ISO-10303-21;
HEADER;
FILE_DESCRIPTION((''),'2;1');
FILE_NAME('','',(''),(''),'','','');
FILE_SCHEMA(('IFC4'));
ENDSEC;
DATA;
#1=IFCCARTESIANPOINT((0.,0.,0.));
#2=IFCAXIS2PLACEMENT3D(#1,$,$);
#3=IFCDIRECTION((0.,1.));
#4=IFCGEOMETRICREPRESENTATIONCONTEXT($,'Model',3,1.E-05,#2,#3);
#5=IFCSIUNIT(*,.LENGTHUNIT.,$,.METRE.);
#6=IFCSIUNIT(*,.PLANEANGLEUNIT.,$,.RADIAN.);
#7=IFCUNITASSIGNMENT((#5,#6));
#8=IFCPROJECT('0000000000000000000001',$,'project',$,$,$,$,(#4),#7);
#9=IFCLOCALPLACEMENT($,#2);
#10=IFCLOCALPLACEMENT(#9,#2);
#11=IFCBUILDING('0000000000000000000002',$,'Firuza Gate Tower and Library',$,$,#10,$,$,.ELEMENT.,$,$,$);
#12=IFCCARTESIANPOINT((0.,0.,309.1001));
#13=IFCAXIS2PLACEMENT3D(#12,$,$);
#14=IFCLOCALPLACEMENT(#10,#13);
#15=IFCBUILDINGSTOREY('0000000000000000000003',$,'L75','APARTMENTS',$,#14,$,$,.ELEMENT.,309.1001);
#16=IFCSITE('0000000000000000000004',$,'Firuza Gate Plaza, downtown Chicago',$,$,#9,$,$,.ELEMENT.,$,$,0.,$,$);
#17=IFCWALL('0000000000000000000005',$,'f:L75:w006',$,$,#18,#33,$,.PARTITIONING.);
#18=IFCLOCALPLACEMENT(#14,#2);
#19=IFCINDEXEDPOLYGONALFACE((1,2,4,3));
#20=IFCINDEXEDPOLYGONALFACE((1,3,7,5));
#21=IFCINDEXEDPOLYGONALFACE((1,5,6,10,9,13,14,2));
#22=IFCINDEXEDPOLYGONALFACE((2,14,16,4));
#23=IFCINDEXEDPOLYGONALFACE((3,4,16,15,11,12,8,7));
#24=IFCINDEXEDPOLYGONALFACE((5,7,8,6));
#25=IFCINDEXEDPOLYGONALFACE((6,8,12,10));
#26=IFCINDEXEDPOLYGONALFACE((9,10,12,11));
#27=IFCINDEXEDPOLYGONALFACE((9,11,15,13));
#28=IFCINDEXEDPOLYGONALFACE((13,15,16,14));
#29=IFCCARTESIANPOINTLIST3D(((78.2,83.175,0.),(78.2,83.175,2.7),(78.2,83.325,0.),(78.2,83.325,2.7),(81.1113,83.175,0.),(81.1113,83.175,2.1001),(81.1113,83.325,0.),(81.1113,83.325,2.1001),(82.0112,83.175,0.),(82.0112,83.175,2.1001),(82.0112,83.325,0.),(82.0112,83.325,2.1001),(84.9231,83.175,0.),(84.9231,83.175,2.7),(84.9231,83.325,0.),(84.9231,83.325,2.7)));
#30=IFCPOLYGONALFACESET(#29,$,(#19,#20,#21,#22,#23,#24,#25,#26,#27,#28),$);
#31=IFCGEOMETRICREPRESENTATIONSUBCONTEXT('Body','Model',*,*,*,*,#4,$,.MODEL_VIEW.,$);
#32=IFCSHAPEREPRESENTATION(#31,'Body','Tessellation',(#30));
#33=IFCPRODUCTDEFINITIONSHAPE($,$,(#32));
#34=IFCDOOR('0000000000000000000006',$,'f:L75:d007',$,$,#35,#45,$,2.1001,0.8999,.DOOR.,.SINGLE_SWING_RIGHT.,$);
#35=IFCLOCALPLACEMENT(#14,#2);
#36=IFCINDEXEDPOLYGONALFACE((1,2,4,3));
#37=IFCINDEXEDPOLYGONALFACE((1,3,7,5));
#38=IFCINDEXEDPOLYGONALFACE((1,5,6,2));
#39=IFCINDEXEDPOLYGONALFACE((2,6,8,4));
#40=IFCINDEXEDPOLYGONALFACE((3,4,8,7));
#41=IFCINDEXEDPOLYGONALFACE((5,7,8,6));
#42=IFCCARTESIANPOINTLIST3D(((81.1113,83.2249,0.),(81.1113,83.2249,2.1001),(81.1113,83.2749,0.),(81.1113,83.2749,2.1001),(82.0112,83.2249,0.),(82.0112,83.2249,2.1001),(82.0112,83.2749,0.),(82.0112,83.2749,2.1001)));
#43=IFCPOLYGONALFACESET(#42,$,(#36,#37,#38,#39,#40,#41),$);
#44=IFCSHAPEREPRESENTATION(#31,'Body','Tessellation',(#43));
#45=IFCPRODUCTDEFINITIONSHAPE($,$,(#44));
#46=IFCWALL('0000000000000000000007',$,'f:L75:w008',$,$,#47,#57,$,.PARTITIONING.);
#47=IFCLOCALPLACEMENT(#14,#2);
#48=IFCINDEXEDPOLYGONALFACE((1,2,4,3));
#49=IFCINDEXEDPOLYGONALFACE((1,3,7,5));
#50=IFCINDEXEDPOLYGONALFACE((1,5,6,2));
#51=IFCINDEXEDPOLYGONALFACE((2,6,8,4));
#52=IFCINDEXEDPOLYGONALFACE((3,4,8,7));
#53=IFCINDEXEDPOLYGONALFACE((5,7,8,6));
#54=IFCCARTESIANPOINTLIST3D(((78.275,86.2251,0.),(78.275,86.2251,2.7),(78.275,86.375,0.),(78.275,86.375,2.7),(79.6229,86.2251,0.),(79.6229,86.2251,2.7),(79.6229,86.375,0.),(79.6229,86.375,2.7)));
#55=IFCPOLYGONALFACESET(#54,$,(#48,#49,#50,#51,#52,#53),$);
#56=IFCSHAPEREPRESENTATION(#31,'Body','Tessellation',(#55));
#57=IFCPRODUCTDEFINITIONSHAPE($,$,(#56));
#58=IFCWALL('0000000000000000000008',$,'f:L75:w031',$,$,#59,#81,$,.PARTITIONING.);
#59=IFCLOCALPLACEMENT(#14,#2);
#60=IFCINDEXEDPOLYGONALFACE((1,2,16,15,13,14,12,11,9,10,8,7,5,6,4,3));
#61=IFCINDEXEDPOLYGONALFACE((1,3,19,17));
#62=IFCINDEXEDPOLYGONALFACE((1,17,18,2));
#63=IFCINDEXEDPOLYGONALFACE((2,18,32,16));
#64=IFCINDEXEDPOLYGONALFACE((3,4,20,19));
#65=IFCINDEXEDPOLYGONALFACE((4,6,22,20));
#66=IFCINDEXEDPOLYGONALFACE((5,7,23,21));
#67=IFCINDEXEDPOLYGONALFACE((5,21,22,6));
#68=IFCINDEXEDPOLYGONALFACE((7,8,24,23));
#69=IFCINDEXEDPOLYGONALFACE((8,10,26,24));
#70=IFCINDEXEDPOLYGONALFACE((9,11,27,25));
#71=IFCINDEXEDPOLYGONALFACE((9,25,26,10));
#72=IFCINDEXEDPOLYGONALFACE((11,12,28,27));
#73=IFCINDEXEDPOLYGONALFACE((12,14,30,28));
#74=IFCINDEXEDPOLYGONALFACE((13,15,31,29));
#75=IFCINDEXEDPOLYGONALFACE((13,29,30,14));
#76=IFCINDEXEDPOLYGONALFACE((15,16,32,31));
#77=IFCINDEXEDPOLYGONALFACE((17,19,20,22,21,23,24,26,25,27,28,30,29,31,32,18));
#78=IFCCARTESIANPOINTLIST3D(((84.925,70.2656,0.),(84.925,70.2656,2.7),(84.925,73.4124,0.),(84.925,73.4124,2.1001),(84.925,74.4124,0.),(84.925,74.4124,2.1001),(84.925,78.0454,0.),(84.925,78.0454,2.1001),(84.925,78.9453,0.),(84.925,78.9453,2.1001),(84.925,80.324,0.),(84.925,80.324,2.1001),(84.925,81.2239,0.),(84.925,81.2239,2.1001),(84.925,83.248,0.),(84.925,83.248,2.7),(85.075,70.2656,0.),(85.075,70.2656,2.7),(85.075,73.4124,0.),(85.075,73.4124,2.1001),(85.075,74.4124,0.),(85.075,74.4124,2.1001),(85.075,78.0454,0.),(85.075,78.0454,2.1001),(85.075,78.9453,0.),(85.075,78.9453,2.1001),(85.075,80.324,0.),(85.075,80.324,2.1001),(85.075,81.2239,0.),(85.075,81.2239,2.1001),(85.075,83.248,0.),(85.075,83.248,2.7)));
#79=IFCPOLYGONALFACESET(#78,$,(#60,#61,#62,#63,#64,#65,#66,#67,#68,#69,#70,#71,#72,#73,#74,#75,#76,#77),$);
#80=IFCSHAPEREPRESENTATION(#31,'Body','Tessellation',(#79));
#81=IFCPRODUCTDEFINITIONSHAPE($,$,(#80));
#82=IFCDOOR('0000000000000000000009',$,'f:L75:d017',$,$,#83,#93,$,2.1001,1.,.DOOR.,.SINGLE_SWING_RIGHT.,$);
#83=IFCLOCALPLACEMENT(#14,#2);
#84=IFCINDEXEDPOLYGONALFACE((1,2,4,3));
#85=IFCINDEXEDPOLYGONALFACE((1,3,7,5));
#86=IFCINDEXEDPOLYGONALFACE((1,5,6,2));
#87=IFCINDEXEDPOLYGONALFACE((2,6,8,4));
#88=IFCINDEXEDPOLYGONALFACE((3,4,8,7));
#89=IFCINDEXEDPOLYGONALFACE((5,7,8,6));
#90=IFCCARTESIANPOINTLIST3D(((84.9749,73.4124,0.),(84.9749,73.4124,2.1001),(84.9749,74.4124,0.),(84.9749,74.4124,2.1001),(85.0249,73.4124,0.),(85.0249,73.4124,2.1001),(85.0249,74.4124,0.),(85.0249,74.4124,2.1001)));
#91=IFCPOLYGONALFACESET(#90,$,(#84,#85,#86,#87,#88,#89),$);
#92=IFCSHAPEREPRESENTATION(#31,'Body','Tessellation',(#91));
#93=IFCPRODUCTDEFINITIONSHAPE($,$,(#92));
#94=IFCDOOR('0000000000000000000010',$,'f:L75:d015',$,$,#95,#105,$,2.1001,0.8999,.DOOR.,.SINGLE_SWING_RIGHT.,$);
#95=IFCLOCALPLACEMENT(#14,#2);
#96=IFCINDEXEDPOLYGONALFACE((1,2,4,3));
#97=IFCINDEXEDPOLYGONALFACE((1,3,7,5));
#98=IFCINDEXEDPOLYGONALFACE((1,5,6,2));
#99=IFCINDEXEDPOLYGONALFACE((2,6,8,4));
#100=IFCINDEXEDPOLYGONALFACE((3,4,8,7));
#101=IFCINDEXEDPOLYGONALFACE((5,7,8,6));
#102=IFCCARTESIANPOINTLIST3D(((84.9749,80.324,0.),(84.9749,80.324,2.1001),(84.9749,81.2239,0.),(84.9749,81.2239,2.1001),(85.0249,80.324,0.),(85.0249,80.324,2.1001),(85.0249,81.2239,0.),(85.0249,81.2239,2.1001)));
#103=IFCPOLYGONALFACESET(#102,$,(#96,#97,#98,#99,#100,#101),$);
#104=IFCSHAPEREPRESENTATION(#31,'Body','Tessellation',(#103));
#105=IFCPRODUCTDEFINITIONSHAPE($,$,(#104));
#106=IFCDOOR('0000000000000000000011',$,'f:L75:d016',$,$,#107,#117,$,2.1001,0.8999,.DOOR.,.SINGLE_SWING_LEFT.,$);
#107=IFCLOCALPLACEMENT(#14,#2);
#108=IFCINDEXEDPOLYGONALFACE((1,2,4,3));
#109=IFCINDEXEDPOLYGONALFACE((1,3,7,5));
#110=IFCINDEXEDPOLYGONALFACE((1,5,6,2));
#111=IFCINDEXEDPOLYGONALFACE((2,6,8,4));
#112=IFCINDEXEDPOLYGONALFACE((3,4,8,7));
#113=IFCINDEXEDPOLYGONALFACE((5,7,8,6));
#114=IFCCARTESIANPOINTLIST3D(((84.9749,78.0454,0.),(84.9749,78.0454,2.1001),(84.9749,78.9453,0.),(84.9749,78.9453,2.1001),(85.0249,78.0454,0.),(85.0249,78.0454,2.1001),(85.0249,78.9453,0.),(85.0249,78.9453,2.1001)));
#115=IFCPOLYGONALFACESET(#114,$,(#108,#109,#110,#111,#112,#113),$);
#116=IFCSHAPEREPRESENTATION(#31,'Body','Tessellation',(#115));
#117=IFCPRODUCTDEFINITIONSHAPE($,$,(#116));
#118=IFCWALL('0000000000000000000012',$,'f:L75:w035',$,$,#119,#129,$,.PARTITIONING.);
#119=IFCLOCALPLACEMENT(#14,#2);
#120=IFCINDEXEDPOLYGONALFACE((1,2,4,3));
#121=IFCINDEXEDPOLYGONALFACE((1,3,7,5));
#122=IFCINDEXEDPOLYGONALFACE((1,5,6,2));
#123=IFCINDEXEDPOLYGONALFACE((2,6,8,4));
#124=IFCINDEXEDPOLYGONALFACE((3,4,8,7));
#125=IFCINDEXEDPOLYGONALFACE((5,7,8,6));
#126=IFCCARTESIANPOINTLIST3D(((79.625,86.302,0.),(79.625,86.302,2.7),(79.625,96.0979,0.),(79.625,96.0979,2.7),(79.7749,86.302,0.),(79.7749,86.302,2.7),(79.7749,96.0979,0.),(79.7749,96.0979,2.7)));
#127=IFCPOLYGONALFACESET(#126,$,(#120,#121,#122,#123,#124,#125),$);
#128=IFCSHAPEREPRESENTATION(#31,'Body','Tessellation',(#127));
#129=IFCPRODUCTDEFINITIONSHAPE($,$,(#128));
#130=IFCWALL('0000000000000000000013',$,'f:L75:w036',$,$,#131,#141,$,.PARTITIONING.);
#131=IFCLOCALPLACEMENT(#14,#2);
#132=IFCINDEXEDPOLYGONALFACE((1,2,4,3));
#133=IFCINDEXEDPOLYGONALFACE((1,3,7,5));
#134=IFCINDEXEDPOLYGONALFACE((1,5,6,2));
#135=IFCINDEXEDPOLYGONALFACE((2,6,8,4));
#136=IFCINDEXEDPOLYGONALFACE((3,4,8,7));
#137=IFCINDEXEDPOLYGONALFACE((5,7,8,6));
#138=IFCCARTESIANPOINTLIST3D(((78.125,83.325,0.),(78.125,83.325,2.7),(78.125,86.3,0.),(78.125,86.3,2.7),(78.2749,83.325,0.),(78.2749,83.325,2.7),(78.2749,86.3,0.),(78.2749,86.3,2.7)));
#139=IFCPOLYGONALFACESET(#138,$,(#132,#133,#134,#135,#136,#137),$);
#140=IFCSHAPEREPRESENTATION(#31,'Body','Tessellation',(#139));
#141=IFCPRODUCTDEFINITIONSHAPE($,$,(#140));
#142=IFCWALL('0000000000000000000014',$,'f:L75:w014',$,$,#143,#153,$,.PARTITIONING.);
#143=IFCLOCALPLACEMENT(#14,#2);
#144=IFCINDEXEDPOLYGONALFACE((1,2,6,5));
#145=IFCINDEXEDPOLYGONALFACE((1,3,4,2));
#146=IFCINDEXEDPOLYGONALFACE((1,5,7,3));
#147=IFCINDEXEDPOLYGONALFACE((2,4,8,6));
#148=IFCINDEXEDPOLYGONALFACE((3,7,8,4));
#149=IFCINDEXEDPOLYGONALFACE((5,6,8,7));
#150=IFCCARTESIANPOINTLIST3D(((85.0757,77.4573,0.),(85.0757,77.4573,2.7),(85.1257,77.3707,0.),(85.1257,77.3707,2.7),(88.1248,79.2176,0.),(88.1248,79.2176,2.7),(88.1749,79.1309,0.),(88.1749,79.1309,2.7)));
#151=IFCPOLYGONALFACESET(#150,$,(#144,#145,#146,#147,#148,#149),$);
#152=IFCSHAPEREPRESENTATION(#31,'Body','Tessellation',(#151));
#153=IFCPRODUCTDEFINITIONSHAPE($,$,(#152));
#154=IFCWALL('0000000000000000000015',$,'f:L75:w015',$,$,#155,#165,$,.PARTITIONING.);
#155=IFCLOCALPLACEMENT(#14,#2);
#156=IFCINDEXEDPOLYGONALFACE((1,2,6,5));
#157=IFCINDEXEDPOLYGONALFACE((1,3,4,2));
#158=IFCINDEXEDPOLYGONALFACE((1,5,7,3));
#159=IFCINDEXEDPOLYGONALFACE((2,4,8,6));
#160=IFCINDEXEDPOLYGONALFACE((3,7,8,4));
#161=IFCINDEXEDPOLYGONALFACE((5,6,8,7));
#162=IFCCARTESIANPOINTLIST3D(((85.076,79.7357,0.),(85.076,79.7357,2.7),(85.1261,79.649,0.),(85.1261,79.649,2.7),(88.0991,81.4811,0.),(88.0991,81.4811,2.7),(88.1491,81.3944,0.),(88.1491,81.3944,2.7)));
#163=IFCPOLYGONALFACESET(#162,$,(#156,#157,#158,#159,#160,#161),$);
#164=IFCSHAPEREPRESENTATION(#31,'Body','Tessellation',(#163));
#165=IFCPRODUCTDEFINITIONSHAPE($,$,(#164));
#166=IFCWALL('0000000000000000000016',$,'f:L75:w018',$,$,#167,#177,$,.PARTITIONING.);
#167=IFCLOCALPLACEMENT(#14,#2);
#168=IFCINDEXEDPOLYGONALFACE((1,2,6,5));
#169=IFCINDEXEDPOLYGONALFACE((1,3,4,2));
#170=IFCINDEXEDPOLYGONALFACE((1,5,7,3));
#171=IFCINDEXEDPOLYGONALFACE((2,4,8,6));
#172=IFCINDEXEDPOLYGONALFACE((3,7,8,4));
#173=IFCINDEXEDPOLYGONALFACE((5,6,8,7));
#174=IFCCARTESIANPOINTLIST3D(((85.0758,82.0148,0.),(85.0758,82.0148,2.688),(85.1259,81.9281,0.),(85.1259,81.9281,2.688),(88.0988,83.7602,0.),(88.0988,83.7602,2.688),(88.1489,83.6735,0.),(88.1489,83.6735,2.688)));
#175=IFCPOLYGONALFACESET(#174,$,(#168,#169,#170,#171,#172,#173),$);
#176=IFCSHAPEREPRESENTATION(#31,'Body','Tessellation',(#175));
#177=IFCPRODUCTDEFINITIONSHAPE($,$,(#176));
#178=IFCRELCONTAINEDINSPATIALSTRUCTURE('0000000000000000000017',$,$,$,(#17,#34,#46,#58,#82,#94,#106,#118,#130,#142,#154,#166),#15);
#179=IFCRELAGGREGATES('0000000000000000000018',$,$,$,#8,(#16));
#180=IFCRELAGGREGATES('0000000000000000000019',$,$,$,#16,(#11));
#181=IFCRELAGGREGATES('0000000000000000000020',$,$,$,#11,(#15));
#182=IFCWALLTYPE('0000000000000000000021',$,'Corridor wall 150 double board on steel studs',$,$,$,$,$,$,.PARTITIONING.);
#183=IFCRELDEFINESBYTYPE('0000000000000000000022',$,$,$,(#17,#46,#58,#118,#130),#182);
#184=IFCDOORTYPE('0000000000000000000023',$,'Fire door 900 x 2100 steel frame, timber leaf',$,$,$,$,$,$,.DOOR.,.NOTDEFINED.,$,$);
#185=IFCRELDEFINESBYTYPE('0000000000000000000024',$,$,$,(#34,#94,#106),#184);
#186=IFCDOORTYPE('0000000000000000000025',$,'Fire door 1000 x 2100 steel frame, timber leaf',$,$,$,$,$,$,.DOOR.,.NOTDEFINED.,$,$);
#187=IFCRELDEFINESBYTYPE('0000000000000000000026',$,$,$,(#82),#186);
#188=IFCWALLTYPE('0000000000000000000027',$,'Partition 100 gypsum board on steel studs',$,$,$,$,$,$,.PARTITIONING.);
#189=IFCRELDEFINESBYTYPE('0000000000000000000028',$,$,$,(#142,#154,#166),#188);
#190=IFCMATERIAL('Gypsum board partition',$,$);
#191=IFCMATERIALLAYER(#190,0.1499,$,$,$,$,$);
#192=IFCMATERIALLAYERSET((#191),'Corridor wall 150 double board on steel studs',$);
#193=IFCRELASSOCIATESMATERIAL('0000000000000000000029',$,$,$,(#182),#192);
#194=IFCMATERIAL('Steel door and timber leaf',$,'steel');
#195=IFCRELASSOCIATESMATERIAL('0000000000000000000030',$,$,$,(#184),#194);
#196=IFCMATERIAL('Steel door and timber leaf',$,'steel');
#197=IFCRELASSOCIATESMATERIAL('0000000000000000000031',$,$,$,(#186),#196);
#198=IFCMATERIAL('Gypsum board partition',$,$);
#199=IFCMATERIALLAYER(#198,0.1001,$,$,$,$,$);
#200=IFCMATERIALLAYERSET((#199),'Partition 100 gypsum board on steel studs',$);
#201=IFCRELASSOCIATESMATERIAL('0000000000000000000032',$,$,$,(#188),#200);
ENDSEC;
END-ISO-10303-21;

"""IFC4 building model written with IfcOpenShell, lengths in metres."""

from ifc_helpers import new_model, si_unit, direction, frame, frame_2d, origin, place, context, subcontext, project, spatial, rectangle, extrude, material, layer, layer_set, type_object, element, fill, save


model = new_model("IFC4")

# Units and contexts
model_context = context("Model", 3, precision=1e-05, world=origin(), true_north=direction((0.0, 1.0)))
body_context = subcontext(model_context, "Body", "Model", "MODEL_VIEW")
ifc_project = project(units=[si_unit("LENGTHUNIT", "METRE"), si_unit("PLANEANGLEUNIT", "RADIAN")], contexts=[model_context])

# Site, building, storey
site_placement = place(None, origin())
site = spatial("IfcSite", under=ifc_project, at=site_placement, Name="Firuza Gate Plaza, downtown Chicago", CompositionType="ELEMENT", RefElevation=0.0)
building_placement = place(site_placement, origin())
building = spatial("IfcBuilding", under=site, at=building_placement, Name="Firuza Gate Tower and Library", CompositionType="ELEMENT")
storey_placement = place(building_placement, frame((0.0, 0.0, 309.1001)))
storey = spatial("IfcBuildingStorey", under=building, at=storey_placement, Name="L75", Description="APARTMENTS", CompositionType="ELEMENT", Elevation=309.1001)

# Wall, opening, door
ifc_material_1 = material(Name="Gypsum board partition")
ifc_layer_1 = layer(ifc_material_1, 0.1499)
ifc_layer_set_1 = layer_set([ifc_layer_1], Name="Corridor wall 150 double board on steel studs")
wall_type_1 = type_object("IfcWallType", Name="Corridor wall 150 double board on steel studs", PredefinedType="PARTITIONING", material=ifc_layer_set_1)
wall_1_placement = place(storey_placement, frame((78.2, 83.25, 0.0), z_axis=(0.0, 0.0, 1.0), x_axis=(1.0, 0.0, 0.0)))
wall_1 = element("IfcWall", 1, at=wall_1_placement, inside=storey, type_object=wall_type_1, Name="f:L75:w006", PredefinedType="PARTITIONING", context=body_context, shape_type="SweptSolid", body=[
    extrude(rectangle(XDim=6.7231, YDim=0.1499, at=frame_2d((3.3616, 0.0))), origin(), (0.0, 0.0, 1.0), 2.7),
])
opening_1_placement = place(wall_1_placement, frame((2.9114, 0.0, 0.0)))
opening_1 = element("IfcOpeningElement", 2, at=opening_1_placement, cuts=wall_1, PredefinedType="OPENING", context=body_context, shape_type="SweptSolid", body=[
    extrude(rectangle(XDim=0.8999, YDim=2.1001, at=frame_2d((0.45, 1.05))), frame((0.0, 0.085, 0.0), z_axis=(0.0, -1.0, 0.0), x_axis=(1.0, 0.0, 0.0)), (0.0, 0.0, 1.0), 0.1699),
])
ifc_material_2 = material(Name="Steel door and timber leaf", Category="steel")
door_type_1 = type_object("IfcDoorType", Name="Fire door 900 x 2100 steel frame, timber leaf", OperationType="NOTDEFINED", PredefinedType="DOOR", material=ifc_material_2)
door_1_placement = place(opening_1_placement, origin())
door_1 = element("IfcDoor", 3, at=door_1_placement, inside=storey, type_object=door_type_1, Name="f:L75:d007", OperationType="SINGLE_SWING_RIGHT", OverallHeight=2.1001, OverallWidth=0.8999, PredefinedType="DOOR", context=body_context, shape_type="SweptSolid", body=[
    extrude(rectangle(XDim=0.8999, YDim=2.1001, at=frame_2d((0.45, 1.05))), frame((0.0, 0.0249, 0.0), z_axis=(0.0, -1.0, 0.0), x_axis=(1.0, 0.0, 0.0)), (0.0, 0.0, 1.0), 0.05),
])
fill(opening_1, door_1)

# Wall
wall_2_placement = place(storey_placement, frame((78.2751, 86.3, 0.0), z_axis=(0.0, 0.0, 1.0), x_axis=(1.0, 0.0, 0.0)))
element("IfcWall", 4, at=wall_2_placement, inside=storey, type_object=wall_type_1, Name="f:L75:w008", PredefinedType="PARTITIONING", context=body_context, shape_type="SweptSolid", body=[
    extrude(rectangle(XDim=1.3479, YDim=0.1499, at=frame_2d((0.6738, 0.0))), origin(), (0.0, 0.0, 1.0), 2.7),
])

# Wall, openings, doors
wall_3_placement = place(storey_placement, frame((85.0, 83.248, 0.0), z_axis=(0.0, 0.0, 1.0), x_axis=(0.0, -1.0, 0.0)))
wall_3 = element("IfcWall", 5, at=wall_3_placement, inside=storey, type_object=wall_type_1, Name="f:L75:w031", PredefinedType="PARTITIONING", context=body_context, shape_type="SweptSolid", body=[
    extrude(rectangle(XDim=12.9824, YDim=0.1499, at=frame_2d((6.4912, 0.0))), origin(), (0.0, 0.0, 1.0), 2.7),
])
opening_2_placement = place(wall_3_placement, frame((2.0242, 0.0, 0.0)))
opening_2 = element("IfcOpeningElement", 6, at=opening_2_placement, cuts=wall_3, PredefinedType="OPENING", context=body_context, shape_type="SweptSolid", body=[
    extrude(rectangle(XDim=0.8999, YDim=2.1001, at=frame_2d((0.45, 1.05))), frame((0.0, 0.085, 0.0), z_axis=(0.0, -1.0, 0.0), x_axis=(1.0, 0.0, 0.0)), (0.0, 0.0, 1.0), 0.1699),
])
opening_3_placement = place(wall_3_placement, frame((4.3027, 0.0, 0.0)))
opening_3 = element("IfcOpeningElement", 7, at=opening_3_placement, cuts=wall_3, PredefinedType="OPENING", context=body_context, shape_type="SweptSolid", body=[
    extrude(rectangle(XDim=0.8999, YDim=2.1001, at=frame_2d((0.45, 1.05))), frame((0.0, 0.085, 0.0), z_axis=(0.0, -1.0, 0.0), x_axis=(1.0, 0.0, 0.0)), (0.0, 0.0, 1.0), 0.1699),
])
opening_4_placement = place(wall_3_placement, frame((8.8357, 0.0, 0.0)))
opening_4 = element("IfcOpeningElement", 8, at=opening_4_placement, cuts=wall_3, PredefinedType="OPENING", context=body_context, shape_type="SweptSolid", body=[
    extrude(rectangle(XDim=1.0, YDim=2.1001, at=frame_2d((0.5, 1.05))), frame((0.0, 0.085, 0.0), z_axis=(0.0, -1.0, 0.0), x_axis=(1.0, 0.0, 0.0)), (0.0, 0.0, 1.0), 0.1699),
])
ifc_material_3 = material(Name="Steel door and timber leaf", Category="steel")
door_type_2 = type_object("IfcDoorType", Name="Fire door 1000 x 2100 steel frame, timber leaf", OperationType="NOTDEFINED", PredefinedType="DOOR", material=ifc_material_3)
door_2_placement = place(opening_4_placement, origin())
door_2 = element("IfcDoor", 9, at=door_2_placement, inside=storey, type_object=door_type_2, Name="f:L75:d017", OperationType="SINGLE_SWING_RIGHT", OverallHeight=2.1001, OverallWidth=1.0, PredefinedType="DOOR", context=body_context, shape_type="SweptSolid", body=[
    extrude(rectangle(XDim=1.0, YDim=2.1001, at=frame_2d((0.5, 1.05))), frame((0.0, 0.0249, 0.0), z_axis=(0.0, -1.0, 0.0), x_axis=(1.0, 0.0, 0.0)), (0.0, 0.0, 1.0), 0.05),
])
fill(opening_4, door_2)
door_3_placement = place(opening_2_placement, origin())
door_3 = element("IfcDoor", 10, at=door_3_placement, inside=storey, type_object=door_type_1, Name="f:L75:d015", OperationType="SINGLE_SWING_RIGHT", OverallHeight=2.1001, OverallWidth=0.8999, PredefinedType="DOOR", context=body_context, shape_type="SweptSolid", body=[
    extrude(rectangle(XDim=0.8999, YDim=2.1001, at=frame_2d((0.45, 1.05))), frame((0.0, 0.0249, 0.0), z_axis=(0.0, -1.0, 0.0), x_axis=(1.0, 0.0, 0.0)), (0.0, 0.0, 1.0), 0.05),
])
fill(opening_2, door_3)
door_4_placement = place(opening_3_placement, origin())
door_4 = element("IfcDoor", 11, at=door_4_placement, inside=storey, type_object=door_type_1, Name="f:L75:d016", OperationType="SINGLE_SWING_LEFT", OverallHeight=2.1001, OverallWidth=0.8999, PredefinedType="DOOR", context=body_context, shape_type="SweptSolid", body=[
    extrude(rectangle(XDim=0.8999, YDim=2.1001, at=frame_2d((0.45, 1.05))), frame((0.0, 0.0249, 0.0), z_axis=(0.0, -1.0, 0.0), x_axis=(1.0, 0.0, 0.0)), (0.0, 0.0, 1.0), 0.05),
])
fill(opening_3, door_4)

# Walls
wall_4_placement = place(storey_placement, frame((79.7, 86.302, 0.0), z_axis=(0.0, 0.0, 1.0), x_axis=(0.0, 1.0, 0.0)))
element("IfcWall", 12, at=wall_4_placement, inside=storey, type_object=wall_type_1, Name="f:L75:w035", PredefinedType="PARTITIONING", context=body_context, shape_type="SweptSolid", body=[
    extrude(rectangle(XDim=9.7959, YDim=0.1499, at=frame_2d((4.8979, 0.0))), origin(), (0.0, 0.0, 1.0), 2.7),
])
wall_5_placement = place(storey_placement, frame((78.2, 83.325, 0.0), z_axis=(0.0, 0.0, 1.0), x_axis=(0.0, 1.0, 0.0)))
element("IfcWall", 13, at=wall_5_placement, inside=storey, type_object=wall_type_1, Name="f:L75:w036", PredefinedType="PARTITIONING", context=body_context, shape_type="SweptSolid", body=[
    extrude(rectangle(XDim=2.9751, YDim=0.1499, at=frame_2d((1.4875, 0.0))), origin(), (0.0, 0.0, 1.0), 2.7),
])
ifc_material_4 = material(Name="Gypsum board partition")
ifc_layer_2 = layer(ifc_material_4, 0.1001)
ifc_layer_set_2 = layer_set([ifc_layer_2], Name="Partition 100 gypsum board on steel studs")
wall_type_2 = type_object("IfcWallType", Name="Partition 100 gypsum board on steel studs", PredefinedType="PARTITIONING", material=ifc_layer_set_2)
wall_6_placement = place(storey_placement, frame((85.1008, 77.4141, 0.0), z_axis=(0.0, 0.0, 1.0), x_axis=(0.866041, 0.499973, 0.0)))
element("IfcWall", 14, at=wall_6_placement, inside=storey, type_object=wall_type_2, Name="f:L75:w014", PredefinedType="PARTITIONING", context=body_context, shape_type="SweptSolid", body=[
    extrude(rectangle(XDim=3.5208, YDim=0.1001, at=frame_2d((1.7603, 0.0))), origin(), (0.0, 0.0, 1.0), 2.7),
])
wall_7_placement = place(storey_placement, frame((85.1011, 79.6924, 0.0), z_axis=(0.0, 0.0, 1.0), x_axis=(0.866018, 0.500013, 0.0)))
element("IfcWall", 15, at=wall_7_placement, inside=storey, type_object=wall_type_2, Name="f:L75:w015", PredefinedType="PARTITIONING", context=body_context, shape_type="SweptSolid", body=[
    extrude(rectangle(XDim=3.4907, YDim=0.1001, at=frame_2d((1.7454, 0.0))), origin(), (0.0, 0.0, 1.0), 2.7),
])
wall_8_placement = place(storey_placement, frame((85.1008, 81.9714, 0.0), z_axis=(0.0, 0.0, 1.0), x_axis=(0.866018, 0.500013, 0.0)))
element("IfcWall", 16, at=wall_8_placement, inside=storey, type_object=wall_type_2, Name="f:L75:w018", PredefinedType="PARTITIONING", context=body_context, shape_type="SweptSolid", body=[
    extrude(rectangle(XDim=3.4907, YDim=0.1001, at=frame_2d((1.7454, 0.0))), origin(), (0.0, 0.0, 1.0), 2.688),
])

save(model, "model.ifc")
